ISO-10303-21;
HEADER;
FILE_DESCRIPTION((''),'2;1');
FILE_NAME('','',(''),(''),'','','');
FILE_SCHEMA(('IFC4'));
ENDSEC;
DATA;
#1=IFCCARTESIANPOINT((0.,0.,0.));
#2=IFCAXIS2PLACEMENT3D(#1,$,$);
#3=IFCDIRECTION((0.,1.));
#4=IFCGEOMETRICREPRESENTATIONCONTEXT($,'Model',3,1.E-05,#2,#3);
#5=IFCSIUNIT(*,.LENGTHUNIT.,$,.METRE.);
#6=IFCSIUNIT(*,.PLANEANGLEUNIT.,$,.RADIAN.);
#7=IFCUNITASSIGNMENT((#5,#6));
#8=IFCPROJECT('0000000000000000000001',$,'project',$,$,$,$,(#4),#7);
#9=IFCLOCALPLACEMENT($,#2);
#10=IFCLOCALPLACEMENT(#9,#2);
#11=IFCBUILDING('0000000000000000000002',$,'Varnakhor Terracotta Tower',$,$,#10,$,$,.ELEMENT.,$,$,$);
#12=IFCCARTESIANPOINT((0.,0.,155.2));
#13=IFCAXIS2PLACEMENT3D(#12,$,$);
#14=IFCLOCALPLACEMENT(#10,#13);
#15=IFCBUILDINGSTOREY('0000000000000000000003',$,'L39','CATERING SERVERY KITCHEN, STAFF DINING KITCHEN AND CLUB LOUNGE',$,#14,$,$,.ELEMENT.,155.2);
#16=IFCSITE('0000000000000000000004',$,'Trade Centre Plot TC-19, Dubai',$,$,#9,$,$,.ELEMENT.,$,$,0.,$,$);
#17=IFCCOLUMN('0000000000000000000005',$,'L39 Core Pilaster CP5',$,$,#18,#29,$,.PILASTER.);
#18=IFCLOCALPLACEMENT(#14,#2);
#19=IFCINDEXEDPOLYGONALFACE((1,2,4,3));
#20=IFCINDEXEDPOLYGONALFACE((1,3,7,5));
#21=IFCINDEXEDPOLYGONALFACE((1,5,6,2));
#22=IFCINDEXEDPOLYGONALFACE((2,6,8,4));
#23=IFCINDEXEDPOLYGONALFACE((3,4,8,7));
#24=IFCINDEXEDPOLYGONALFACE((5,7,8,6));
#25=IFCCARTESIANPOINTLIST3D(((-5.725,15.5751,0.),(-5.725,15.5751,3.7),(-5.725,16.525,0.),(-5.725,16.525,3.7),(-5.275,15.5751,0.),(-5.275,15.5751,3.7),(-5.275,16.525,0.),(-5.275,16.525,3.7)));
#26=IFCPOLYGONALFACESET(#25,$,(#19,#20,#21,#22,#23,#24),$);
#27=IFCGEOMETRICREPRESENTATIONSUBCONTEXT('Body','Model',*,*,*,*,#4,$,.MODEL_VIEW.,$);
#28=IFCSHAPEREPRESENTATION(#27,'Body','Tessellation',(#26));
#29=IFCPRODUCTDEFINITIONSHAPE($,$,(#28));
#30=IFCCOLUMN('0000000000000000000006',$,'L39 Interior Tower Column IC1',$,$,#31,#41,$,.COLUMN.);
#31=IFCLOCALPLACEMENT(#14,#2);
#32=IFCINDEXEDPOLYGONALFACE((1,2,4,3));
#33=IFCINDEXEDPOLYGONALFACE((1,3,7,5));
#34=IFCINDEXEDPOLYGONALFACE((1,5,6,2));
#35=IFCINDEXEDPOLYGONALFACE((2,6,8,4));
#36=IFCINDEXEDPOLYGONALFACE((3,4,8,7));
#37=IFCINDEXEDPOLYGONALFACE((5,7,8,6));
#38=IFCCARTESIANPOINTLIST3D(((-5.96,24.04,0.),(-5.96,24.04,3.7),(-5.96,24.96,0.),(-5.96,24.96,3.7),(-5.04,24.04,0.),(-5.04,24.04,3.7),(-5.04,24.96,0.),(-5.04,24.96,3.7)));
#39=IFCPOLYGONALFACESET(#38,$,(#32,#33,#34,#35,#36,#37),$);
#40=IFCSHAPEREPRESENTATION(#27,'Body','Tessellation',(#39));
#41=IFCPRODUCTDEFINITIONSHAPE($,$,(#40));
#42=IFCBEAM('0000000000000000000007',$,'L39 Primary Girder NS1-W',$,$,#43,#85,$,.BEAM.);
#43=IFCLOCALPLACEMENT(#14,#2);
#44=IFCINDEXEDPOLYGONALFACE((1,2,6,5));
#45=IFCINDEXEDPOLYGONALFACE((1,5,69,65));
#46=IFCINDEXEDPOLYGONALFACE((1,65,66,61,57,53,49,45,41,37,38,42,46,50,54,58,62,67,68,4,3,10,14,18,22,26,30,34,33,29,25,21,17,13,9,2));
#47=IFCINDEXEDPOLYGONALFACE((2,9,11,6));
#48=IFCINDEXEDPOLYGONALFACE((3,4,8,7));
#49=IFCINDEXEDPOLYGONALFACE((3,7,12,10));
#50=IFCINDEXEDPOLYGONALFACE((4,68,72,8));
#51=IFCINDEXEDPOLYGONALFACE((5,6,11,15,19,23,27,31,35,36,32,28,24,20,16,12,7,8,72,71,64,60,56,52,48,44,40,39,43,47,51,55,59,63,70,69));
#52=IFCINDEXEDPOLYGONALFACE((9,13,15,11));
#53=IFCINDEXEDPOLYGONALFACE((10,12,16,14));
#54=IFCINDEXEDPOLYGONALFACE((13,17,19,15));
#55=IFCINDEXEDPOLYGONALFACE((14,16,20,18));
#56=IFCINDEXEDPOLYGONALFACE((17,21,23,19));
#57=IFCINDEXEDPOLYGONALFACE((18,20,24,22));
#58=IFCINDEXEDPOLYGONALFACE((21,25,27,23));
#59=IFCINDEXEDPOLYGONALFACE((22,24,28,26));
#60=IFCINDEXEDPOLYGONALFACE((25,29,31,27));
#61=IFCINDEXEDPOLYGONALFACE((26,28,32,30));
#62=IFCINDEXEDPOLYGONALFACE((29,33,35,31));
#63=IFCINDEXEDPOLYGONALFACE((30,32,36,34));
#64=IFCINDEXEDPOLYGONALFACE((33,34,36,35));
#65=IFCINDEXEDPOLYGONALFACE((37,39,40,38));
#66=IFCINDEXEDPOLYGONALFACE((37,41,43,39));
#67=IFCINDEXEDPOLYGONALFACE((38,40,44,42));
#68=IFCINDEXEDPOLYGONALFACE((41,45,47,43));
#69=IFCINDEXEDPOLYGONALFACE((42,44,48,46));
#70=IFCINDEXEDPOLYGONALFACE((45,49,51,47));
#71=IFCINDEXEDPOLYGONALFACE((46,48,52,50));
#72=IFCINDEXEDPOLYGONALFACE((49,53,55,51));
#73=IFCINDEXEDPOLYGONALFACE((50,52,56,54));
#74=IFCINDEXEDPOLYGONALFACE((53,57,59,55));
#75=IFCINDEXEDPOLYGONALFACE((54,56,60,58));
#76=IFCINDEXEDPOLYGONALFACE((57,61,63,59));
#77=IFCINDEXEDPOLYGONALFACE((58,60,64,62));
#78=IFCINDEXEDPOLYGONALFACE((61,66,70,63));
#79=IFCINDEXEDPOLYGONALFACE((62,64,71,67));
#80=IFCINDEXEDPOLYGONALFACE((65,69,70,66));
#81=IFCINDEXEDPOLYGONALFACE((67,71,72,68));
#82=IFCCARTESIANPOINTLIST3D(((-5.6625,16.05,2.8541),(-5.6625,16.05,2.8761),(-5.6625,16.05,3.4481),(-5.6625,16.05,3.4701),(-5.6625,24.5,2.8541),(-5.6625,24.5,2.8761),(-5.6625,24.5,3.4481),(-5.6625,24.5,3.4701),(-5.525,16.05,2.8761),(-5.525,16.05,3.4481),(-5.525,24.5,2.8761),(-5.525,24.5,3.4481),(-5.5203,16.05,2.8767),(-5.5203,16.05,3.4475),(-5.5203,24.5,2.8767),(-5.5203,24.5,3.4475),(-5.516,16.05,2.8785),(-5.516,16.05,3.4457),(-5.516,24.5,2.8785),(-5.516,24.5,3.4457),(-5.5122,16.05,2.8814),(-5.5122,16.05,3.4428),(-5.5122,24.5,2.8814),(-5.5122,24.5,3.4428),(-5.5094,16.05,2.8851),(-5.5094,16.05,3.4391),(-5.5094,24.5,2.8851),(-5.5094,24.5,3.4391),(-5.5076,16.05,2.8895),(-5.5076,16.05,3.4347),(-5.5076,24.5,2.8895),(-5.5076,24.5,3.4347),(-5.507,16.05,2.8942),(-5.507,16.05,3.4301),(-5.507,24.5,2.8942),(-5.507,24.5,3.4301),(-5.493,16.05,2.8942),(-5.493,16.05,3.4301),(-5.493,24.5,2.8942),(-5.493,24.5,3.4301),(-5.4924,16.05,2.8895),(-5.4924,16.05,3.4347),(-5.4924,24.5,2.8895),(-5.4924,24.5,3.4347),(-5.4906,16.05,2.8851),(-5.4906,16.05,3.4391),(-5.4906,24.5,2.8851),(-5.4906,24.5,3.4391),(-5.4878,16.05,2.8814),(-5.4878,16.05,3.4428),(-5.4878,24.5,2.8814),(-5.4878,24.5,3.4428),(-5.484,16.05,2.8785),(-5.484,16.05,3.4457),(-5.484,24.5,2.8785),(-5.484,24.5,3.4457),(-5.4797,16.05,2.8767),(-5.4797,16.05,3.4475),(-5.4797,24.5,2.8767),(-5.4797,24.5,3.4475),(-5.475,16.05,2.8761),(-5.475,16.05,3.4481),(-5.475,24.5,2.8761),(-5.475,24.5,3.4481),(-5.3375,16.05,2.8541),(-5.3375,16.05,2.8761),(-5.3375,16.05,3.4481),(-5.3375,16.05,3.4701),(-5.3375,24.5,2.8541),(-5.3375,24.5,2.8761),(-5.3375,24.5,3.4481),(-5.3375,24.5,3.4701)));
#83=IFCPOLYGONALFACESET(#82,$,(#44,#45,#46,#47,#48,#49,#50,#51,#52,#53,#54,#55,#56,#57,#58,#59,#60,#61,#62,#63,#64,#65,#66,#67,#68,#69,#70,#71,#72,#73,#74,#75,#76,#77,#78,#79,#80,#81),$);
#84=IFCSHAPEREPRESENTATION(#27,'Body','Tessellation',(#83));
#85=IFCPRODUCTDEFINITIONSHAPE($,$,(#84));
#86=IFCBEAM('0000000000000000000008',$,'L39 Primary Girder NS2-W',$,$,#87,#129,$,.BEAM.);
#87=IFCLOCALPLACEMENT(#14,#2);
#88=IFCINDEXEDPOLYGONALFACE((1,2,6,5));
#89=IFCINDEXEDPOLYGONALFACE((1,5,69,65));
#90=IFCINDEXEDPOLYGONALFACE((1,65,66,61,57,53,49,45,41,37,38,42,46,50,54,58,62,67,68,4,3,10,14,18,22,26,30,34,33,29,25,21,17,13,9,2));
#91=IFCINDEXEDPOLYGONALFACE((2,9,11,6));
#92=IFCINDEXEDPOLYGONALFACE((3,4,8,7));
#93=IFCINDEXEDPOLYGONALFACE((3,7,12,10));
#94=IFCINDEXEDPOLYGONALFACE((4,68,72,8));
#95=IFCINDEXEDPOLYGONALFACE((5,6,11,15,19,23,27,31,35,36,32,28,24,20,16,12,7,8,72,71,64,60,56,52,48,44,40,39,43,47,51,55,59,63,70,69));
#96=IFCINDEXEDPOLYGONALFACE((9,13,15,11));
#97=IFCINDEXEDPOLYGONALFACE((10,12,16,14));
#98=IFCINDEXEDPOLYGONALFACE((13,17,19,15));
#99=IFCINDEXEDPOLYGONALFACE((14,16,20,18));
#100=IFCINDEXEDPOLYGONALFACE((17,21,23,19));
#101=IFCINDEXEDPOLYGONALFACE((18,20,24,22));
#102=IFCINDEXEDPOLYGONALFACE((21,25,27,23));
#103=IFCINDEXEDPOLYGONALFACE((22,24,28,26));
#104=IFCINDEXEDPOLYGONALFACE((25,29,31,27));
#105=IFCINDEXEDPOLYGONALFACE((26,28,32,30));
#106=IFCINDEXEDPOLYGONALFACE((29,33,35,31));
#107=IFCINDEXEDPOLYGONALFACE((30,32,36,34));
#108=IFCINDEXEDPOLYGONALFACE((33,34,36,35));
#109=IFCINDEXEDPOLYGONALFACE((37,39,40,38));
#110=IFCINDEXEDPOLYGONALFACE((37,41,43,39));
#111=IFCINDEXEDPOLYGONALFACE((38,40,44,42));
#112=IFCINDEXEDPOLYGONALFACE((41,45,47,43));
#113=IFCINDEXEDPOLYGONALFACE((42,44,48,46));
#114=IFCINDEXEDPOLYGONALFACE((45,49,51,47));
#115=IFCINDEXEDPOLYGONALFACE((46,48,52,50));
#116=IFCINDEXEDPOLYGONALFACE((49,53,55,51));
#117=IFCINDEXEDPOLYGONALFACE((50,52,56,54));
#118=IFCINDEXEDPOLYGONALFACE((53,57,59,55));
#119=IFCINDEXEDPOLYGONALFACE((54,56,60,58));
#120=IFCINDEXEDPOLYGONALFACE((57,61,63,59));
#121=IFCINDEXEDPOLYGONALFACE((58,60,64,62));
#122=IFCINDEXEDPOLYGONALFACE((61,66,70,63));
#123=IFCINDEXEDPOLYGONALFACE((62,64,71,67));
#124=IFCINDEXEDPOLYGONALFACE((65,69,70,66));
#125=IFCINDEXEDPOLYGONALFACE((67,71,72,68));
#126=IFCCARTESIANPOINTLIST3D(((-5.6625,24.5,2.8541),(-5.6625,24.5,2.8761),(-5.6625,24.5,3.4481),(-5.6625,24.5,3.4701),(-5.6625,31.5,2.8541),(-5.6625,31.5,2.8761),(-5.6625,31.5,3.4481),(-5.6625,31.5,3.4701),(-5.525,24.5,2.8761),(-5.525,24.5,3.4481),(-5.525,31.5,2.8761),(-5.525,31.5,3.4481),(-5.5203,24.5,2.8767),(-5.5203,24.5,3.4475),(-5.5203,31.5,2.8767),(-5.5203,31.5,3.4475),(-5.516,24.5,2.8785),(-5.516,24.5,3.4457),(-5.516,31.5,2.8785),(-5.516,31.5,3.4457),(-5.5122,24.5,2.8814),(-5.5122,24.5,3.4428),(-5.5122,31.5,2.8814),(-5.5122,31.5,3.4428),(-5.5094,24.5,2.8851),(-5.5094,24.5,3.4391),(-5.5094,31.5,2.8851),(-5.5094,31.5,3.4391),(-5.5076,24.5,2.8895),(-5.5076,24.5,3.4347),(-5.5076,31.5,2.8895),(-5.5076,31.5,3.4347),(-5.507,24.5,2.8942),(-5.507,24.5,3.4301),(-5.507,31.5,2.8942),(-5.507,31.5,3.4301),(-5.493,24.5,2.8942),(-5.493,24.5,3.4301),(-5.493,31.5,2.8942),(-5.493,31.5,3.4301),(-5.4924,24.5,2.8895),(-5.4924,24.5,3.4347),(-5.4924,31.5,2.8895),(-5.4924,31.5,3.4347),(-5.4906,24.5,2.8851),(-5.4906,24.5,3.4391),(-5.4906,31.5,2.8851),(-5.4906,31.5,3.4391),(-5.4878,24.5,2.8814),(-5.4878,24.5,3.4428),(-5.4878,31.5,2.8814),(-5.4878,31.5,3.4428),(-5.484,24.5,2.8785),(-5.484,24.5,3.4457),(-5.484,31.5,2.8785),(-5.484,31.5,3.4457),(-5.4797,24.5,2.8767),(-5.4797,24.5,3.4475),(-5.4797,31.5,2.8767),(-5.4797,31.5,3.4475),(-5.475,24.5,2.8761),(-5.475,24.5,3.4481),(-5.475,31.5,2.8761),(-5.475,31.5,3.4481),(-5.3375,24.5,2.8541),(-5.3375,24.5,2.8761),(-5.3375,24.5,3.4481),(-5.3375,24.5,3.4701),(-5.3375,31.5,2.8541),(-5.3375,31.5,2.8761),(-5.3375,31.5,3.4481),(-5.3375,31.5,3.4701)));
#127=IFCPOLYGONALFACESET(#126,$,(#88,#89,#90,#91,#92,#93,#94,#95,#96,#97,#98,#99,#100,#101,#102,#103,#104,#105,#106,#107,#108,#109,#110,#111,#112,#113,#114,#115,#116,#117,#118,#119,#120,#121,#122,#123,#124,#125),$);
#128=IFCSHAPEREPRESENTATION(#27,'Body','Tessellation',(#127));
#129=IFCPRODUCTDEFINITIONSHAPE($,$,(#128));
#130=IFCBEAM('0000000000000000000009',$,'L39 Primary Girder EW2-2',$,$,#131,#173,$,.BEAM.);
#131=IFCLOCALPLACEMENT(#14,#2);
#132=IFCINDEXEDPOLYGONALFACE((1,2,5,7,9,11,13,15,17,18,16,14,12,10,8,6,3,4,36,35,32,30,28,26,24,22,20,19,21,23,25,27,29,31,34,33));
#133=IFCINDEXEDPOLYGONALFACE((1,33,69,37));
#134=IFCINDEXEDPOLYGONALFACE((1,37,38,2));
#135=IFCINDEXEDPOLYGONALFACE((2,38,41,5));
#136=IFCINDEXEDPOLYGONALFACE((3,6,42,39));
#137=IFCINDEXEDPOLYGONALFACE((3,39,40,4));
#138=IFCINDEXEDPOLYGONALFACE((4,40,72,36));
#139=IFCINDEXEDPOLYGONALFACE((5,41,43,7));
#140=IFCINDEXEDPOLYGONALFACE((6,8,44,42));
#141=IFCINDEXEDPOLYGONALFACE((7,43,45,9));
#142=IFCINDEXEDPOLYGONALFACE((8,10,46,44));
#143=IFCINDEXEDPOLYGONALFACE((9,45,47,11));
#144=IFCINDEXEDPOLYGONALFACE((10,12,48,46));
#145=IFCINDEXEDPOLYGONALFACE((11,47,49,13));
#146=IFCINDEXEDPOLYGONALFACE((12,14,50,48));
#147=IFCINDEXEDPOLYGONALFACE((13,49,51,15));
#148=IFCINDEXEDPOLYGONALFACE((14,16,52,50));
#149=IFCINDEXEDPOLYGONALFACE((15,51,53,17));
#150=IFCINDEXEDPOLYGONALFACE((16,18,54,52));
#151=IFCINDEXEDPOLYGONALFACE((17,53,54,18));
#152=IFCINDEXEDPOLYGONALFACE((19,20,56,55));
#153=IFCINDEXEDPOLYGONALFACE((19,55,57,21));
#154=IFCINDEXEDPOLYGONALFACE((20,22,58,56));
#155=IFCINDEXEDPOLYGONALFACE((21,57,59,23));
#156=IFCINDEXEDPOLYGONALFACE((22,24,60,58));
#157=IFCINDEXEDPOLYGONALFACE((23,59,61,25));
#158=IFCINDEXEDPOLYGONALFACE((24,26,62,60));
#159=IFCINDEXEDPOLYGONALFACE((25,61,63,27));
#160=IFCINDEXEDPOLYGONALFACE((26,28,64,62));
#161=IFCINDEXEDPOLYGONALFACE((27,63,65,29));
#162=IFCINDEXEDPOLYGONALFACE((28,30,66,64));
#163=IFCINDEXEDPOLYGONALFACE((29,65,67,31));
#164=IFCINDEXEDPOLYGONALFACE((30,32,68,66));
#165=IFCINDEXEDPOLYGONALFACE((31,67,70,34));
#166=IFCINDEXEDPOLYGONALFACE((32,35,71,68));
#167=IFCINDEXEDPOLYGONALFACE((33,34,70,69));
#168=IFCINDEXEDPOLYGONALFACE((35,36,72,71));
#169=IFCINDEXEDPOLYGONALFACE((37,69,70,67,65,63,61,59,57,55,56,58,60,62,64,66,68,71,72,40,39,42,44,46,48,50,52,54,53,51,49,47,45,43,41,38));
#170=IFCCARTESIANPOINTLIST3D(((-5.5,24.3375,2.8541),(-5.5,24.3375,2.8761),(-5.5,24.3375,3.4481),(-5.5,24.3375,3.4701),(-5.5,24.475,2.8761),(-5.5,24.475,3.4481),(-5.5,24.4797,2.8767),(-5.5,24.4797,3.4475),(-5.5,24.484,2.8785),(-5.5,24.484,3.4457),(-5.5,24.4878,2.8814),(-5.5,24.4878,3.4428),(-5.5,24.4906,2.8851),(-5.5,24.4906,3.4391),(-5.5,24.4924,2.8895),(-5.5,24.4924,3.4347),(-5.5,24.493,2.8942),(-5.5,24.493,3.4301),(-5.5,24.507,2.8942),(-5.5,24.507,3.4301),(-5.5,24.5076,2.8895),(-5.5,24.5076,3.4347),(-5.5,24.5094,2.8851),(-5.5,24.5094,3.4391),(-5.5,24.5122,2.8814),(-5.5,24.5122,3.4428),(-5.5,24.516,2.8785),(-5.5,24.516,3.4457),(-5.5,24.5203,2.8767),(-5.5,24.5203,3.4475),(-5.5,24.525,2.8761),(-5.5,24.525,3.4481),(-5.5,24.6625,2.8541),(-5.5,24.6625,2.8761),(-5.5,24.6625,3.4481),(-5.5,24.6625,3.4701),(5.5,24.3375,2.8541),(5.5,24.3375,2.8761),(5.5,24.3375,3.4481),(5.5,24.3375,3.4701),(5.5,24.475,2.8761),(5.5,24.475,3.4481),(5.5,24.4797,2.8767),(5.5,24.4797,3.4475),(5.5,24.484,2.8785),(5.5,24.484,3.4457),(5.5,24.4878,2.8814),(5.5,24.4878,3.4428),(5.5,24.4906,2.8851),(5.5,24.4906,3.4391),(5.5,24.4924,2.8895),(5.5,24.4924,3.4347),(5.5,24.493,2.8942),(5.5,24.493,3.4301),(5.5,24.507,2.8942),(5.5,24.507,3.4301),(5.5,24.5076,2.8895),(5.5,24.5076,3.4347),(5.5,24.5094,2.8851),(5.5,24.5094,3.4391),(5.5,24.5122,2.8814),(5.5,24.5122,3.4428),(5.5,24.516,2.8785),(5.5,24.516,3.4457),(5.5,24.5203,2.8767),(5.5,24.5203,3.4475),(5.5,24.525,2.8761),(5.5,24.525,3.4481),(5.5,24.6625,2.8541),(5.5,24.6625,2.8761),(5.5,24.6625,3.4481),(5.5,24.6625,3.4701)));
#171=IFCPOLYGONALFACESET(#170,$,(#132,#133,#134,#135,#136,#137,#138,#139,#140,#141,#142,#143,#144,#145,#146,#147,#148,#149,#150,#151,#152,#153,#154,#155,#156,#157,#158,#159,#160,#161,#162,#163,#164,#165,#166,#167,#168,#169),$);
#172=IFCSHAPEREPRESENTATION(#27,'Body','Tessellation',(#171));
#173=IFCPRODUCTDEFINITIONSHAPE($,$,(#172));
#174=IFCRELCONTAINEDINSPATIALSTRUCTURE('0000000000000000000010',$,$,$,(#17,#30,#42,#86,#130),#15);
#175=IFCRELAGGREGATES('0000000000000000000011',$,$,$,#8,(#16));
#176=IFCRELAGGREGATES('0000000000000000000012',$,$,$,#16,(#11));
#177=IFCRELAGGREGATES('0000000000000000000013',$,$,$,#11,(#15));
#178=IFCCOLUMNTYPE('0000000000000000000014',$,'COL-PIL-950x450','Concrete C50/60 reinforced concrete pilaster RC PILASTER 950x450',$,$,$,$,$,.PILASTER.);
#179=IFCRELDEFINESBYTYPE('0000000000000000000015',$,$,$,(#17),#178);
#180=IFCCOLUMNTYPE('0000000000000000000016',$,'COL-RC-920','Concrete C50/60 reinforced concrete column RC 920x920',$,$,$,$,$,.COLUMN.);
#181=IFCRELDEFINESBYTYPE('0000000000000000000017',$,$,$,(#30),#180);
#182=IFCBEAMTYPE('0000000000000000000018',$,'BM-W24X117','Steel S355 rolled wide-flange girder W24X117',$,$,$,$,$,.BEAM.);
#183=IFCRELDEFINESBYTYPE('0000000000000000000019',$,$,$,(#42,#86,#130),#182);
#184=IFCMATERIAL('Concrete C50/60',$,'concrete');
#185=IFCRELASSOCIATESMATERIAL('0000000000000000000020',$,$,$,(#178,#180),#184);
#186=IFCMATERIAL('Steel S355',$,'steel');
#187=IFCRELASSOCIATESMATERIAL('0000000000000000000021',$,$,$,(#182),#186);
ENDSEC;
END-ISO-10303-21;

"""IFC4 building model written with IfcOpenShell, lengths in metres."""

from ifc_helpers import new_model, si_unit, direction, frame, origin, origin_2d, place, context, subcontext, project, spatial, rectangle, i_section, extrude, source, transform, mapped, material, material_profile, profile_set, type_object, type_shapes, element, save


model = new_model("IFC4")

# Units and contexts
model_context = context("Model", 3, precision=1e-05, world=origin(), true_north=direction((0.0, 1.0)))
body_context = subcontext(model_context, "Body", "Model", "MODEL_VIEW")
ifc_project = project(units=[si_unit("LENGTHUNIT", "METRE"), si_unit("PLANEANGLEUNIT", "RADIAN")], contexts=[model_context])

# Site, building, storey
site_placement = place(None, origin())
site = spatial("IfcSite", under=ifc_project, at=site_placement, Name="Trade Centre Plot TC-19, Dubai", CompositionType="ELEMENT", RefElevation=0.0)
building_placement = place(site_placement, origin())
building = spatial("IfcBuilding", under=site, at=building_placement, Name="Varnakhor Terracotta Tower", CompositionType="ELEMENT")
storey_placement = place(building_placement, frame((0.0, 0.0, 155.2)))
storey = spatial("IfcBuildingStorey", under=building, at=storey_placement, Name="L39", Description="CATERING SERVERY KITCHEN, STAFF DINING KITCHEN AND CLUB LOUNGE", CompositionType="ELEMENT", Elevation=155.2)

# Columns
ifc_material_1 = material(Name="Concrete C50/60", Category="concrete")
ifc_material_profile_1 = material_profile(ifc_material_1, rectangle(XDim=0.45, YDim=0.95, at=origin_2d()), Name="RC PILASTER 950x450")
ifc_profile_set_1 = profile_set([ifc_material_profile_1], Name="Concrete C50/60")
column_type_1 = type_object("IfcColumnType", Name="COL-PIL-950x450", Description="Concrete C50/60 reinforced concrete pilaster RC PILASTER 950x450", PredefinedType="PILASTER", material=ifc_profile_set_1)
shared_shape_1 = source(origin(), body_context, "Body", "SweptSolid", [
    extrude(rectangle(XDim=0.45, YDim=0.95, at=origin_2d()), origin(), (0.0, 0.0, 1.0), 3.7),
])
column_1_placement = place(storey_placement, frame((-5.5, 16.05, 0.0), z_axis=(0.0, 0.0, 1.0), x_axis=(1.0, 0.0, 0.0)))
element("IfcColumn", 1, at=column_1_placement, inside=storey, type_object=column_type_1, Name="L39 Core Pilaster CP5", PredefinedType="PILASTER", context=body_context, shape_type="MappedRepresentation", body=[
    mapped(shared_shape_1, transform((0.0, 0.0, 0.0), scale=1.0)),
])
ifc_material_profile_2 = material_profile(ifc_material_1, rectangle(XDim=0.9199, YDim=0.9199, at=origin_2d()), Name="RC 920x920")
ifc_profile_set_2 = profile_set([ifc_material_profile_2], Name="Concrete C50/60")
column_type_2 = type_object("IfcColumnType", Name="COL-RC-920", Description="Concrete C50/60 reinforced concrete column RC 920x920", PredefinedType="COLUMN", material=ifc_profile_set_2)
shared_shape_2 = source(origin(), body_context, "Body", "SweptSolid", [
    extrude(rectangle(XDim=0.9199, YDim=0.9199, at=origin_2d()), origin(), (0.0, 0.0, 1.0), 3.7),
])
column_2_placement = place(storey_placement, frame((-5.5, 24.5, 0.0), z_axis=(0.0, 0.0, 1.0), x_axis=(1.0, 0.0, 0.0)))
element("IfcColumn", 2, at=column_2_placement, inside=storey, type_object=column_type_2, Name="L39 Interior Tower Column IC1", PredefinedType="COLUMN", context=body_context, shape_type="MappedRepresentation", body=[
    mapped(shared_shape_2, transform((0.0, 0.0, 0.0), scale=1.0)),
])

# Beams
ifc_material_2 = material(Name="Steel S355", Category="steel")
ifc_material_profile_3 = material_profile(ifc_material_2, i_section(OverallWidth=0.325, OverallDepth=0.616, WebThickness=0.0139, FlangeThickness=0.022, FilletRadius=0.0181, at=origin_2d()), Name="W24X117")
ifc_profile_set_3 = profile_set([ifc_material_profile_3], Name="Steel S355")
beam_type_1 = type_object("IfcBeamType", Name="BM-W24X117", Description="Steel S355 rolled wide-flange girder W24X117", PredefinedType="BEAM", material=ifc_profile_set_3)
shared_shape_3 = source(origin(), body_context, "Body", "SweptSolid", [
    extrude(i_section(OverallWidth=0.325, OverallDepth=0.616, WebThickness=0.0139, FlangeThickness=0.022, FilletRadius=0.0181, at=origin_2d()), origin(), (0.0, 0.0, 1.0), 8.45),
])
type_shapes(beam_type_1, [shared_shape_3])
beam_1_placement = place(storey_placement, frame((-5.5, 16.05, 3.1621), z_axis=(0.0, 1.0, 0.0), x_axis=(-1.0, 0.0, 0.0)))
element("IfcBeam", 3, at=beam_1_placement, inside=storey, type_object=beam_type_1, Name="L39 Primary Girder NS1-W", PredefinedType="BEAM", context=body_context, shape_type="MappedRepresentation", body=[
    mapped(shared_shape_3, transform((0.0, 0.0, 0.0), scale=1.0)),
])
shared_shape_4 = source(origin(), body_context, "Body", "SweptSolid", [
    extrude(i_section(OverallWidth=0.325, OverallDepth=0.616, WebThickness=0.0139, FlangeThickness=0.022, FilletRadius=0.0181, at=origin_2d()), origin(), (0.0, 0.0, 1.0), 7.0),
])
beam_2_placement = place(storey_placement, frame((-5.5, 24.5, 3.1621), z_axis=(0.0, 1.0, 0.0), x_axis=(-1.0, 0.0, 0.0)))
element("IfcBeam", 4, at=beam_2_placement, inside=storey, type_object=beam_type_1, Name="L39 Primary Girder NS2-W", PredefinedType="BEAM", context=body_context, shape_type="MappedRepresentation", body=[
    mapped(shared_shape_4, transform((0.0, 0.0, 0.0), scale=1.0)),
])
shared_shape_5 = source(origin(), body_context, "Body", "SweptSolid", [
    extrude(i_section(OverallWidth=0.325, OverallDepth=0.616, WebThickness=0.0139, FlangeThickness=0.022, FilletRadius=0.0181, at=origin_2d()), origin(), (0.0, 0.0, 1.0), 11.0),
])
beam_3_placement = place(storey_placement, frame((-5.5, 24.5, 3.1621), z_axis=(1.0, 0.0, 0.0), x_axis=(0.0, 1.0, 0.0)))
element("IfcBeam", 5, at=beam_3_placement, inside=storey, type_object=beam_type_1, Name="L39 Primary Girder EW2-2", PredefinedType="BEAM", context=body_context, shape_type="MappedRepresentation", body=[
    mapped(shared_shape_5, transform((0.0, 0.0, 0.0), scale=1.0)),
])

save(model, "model.ifc")
